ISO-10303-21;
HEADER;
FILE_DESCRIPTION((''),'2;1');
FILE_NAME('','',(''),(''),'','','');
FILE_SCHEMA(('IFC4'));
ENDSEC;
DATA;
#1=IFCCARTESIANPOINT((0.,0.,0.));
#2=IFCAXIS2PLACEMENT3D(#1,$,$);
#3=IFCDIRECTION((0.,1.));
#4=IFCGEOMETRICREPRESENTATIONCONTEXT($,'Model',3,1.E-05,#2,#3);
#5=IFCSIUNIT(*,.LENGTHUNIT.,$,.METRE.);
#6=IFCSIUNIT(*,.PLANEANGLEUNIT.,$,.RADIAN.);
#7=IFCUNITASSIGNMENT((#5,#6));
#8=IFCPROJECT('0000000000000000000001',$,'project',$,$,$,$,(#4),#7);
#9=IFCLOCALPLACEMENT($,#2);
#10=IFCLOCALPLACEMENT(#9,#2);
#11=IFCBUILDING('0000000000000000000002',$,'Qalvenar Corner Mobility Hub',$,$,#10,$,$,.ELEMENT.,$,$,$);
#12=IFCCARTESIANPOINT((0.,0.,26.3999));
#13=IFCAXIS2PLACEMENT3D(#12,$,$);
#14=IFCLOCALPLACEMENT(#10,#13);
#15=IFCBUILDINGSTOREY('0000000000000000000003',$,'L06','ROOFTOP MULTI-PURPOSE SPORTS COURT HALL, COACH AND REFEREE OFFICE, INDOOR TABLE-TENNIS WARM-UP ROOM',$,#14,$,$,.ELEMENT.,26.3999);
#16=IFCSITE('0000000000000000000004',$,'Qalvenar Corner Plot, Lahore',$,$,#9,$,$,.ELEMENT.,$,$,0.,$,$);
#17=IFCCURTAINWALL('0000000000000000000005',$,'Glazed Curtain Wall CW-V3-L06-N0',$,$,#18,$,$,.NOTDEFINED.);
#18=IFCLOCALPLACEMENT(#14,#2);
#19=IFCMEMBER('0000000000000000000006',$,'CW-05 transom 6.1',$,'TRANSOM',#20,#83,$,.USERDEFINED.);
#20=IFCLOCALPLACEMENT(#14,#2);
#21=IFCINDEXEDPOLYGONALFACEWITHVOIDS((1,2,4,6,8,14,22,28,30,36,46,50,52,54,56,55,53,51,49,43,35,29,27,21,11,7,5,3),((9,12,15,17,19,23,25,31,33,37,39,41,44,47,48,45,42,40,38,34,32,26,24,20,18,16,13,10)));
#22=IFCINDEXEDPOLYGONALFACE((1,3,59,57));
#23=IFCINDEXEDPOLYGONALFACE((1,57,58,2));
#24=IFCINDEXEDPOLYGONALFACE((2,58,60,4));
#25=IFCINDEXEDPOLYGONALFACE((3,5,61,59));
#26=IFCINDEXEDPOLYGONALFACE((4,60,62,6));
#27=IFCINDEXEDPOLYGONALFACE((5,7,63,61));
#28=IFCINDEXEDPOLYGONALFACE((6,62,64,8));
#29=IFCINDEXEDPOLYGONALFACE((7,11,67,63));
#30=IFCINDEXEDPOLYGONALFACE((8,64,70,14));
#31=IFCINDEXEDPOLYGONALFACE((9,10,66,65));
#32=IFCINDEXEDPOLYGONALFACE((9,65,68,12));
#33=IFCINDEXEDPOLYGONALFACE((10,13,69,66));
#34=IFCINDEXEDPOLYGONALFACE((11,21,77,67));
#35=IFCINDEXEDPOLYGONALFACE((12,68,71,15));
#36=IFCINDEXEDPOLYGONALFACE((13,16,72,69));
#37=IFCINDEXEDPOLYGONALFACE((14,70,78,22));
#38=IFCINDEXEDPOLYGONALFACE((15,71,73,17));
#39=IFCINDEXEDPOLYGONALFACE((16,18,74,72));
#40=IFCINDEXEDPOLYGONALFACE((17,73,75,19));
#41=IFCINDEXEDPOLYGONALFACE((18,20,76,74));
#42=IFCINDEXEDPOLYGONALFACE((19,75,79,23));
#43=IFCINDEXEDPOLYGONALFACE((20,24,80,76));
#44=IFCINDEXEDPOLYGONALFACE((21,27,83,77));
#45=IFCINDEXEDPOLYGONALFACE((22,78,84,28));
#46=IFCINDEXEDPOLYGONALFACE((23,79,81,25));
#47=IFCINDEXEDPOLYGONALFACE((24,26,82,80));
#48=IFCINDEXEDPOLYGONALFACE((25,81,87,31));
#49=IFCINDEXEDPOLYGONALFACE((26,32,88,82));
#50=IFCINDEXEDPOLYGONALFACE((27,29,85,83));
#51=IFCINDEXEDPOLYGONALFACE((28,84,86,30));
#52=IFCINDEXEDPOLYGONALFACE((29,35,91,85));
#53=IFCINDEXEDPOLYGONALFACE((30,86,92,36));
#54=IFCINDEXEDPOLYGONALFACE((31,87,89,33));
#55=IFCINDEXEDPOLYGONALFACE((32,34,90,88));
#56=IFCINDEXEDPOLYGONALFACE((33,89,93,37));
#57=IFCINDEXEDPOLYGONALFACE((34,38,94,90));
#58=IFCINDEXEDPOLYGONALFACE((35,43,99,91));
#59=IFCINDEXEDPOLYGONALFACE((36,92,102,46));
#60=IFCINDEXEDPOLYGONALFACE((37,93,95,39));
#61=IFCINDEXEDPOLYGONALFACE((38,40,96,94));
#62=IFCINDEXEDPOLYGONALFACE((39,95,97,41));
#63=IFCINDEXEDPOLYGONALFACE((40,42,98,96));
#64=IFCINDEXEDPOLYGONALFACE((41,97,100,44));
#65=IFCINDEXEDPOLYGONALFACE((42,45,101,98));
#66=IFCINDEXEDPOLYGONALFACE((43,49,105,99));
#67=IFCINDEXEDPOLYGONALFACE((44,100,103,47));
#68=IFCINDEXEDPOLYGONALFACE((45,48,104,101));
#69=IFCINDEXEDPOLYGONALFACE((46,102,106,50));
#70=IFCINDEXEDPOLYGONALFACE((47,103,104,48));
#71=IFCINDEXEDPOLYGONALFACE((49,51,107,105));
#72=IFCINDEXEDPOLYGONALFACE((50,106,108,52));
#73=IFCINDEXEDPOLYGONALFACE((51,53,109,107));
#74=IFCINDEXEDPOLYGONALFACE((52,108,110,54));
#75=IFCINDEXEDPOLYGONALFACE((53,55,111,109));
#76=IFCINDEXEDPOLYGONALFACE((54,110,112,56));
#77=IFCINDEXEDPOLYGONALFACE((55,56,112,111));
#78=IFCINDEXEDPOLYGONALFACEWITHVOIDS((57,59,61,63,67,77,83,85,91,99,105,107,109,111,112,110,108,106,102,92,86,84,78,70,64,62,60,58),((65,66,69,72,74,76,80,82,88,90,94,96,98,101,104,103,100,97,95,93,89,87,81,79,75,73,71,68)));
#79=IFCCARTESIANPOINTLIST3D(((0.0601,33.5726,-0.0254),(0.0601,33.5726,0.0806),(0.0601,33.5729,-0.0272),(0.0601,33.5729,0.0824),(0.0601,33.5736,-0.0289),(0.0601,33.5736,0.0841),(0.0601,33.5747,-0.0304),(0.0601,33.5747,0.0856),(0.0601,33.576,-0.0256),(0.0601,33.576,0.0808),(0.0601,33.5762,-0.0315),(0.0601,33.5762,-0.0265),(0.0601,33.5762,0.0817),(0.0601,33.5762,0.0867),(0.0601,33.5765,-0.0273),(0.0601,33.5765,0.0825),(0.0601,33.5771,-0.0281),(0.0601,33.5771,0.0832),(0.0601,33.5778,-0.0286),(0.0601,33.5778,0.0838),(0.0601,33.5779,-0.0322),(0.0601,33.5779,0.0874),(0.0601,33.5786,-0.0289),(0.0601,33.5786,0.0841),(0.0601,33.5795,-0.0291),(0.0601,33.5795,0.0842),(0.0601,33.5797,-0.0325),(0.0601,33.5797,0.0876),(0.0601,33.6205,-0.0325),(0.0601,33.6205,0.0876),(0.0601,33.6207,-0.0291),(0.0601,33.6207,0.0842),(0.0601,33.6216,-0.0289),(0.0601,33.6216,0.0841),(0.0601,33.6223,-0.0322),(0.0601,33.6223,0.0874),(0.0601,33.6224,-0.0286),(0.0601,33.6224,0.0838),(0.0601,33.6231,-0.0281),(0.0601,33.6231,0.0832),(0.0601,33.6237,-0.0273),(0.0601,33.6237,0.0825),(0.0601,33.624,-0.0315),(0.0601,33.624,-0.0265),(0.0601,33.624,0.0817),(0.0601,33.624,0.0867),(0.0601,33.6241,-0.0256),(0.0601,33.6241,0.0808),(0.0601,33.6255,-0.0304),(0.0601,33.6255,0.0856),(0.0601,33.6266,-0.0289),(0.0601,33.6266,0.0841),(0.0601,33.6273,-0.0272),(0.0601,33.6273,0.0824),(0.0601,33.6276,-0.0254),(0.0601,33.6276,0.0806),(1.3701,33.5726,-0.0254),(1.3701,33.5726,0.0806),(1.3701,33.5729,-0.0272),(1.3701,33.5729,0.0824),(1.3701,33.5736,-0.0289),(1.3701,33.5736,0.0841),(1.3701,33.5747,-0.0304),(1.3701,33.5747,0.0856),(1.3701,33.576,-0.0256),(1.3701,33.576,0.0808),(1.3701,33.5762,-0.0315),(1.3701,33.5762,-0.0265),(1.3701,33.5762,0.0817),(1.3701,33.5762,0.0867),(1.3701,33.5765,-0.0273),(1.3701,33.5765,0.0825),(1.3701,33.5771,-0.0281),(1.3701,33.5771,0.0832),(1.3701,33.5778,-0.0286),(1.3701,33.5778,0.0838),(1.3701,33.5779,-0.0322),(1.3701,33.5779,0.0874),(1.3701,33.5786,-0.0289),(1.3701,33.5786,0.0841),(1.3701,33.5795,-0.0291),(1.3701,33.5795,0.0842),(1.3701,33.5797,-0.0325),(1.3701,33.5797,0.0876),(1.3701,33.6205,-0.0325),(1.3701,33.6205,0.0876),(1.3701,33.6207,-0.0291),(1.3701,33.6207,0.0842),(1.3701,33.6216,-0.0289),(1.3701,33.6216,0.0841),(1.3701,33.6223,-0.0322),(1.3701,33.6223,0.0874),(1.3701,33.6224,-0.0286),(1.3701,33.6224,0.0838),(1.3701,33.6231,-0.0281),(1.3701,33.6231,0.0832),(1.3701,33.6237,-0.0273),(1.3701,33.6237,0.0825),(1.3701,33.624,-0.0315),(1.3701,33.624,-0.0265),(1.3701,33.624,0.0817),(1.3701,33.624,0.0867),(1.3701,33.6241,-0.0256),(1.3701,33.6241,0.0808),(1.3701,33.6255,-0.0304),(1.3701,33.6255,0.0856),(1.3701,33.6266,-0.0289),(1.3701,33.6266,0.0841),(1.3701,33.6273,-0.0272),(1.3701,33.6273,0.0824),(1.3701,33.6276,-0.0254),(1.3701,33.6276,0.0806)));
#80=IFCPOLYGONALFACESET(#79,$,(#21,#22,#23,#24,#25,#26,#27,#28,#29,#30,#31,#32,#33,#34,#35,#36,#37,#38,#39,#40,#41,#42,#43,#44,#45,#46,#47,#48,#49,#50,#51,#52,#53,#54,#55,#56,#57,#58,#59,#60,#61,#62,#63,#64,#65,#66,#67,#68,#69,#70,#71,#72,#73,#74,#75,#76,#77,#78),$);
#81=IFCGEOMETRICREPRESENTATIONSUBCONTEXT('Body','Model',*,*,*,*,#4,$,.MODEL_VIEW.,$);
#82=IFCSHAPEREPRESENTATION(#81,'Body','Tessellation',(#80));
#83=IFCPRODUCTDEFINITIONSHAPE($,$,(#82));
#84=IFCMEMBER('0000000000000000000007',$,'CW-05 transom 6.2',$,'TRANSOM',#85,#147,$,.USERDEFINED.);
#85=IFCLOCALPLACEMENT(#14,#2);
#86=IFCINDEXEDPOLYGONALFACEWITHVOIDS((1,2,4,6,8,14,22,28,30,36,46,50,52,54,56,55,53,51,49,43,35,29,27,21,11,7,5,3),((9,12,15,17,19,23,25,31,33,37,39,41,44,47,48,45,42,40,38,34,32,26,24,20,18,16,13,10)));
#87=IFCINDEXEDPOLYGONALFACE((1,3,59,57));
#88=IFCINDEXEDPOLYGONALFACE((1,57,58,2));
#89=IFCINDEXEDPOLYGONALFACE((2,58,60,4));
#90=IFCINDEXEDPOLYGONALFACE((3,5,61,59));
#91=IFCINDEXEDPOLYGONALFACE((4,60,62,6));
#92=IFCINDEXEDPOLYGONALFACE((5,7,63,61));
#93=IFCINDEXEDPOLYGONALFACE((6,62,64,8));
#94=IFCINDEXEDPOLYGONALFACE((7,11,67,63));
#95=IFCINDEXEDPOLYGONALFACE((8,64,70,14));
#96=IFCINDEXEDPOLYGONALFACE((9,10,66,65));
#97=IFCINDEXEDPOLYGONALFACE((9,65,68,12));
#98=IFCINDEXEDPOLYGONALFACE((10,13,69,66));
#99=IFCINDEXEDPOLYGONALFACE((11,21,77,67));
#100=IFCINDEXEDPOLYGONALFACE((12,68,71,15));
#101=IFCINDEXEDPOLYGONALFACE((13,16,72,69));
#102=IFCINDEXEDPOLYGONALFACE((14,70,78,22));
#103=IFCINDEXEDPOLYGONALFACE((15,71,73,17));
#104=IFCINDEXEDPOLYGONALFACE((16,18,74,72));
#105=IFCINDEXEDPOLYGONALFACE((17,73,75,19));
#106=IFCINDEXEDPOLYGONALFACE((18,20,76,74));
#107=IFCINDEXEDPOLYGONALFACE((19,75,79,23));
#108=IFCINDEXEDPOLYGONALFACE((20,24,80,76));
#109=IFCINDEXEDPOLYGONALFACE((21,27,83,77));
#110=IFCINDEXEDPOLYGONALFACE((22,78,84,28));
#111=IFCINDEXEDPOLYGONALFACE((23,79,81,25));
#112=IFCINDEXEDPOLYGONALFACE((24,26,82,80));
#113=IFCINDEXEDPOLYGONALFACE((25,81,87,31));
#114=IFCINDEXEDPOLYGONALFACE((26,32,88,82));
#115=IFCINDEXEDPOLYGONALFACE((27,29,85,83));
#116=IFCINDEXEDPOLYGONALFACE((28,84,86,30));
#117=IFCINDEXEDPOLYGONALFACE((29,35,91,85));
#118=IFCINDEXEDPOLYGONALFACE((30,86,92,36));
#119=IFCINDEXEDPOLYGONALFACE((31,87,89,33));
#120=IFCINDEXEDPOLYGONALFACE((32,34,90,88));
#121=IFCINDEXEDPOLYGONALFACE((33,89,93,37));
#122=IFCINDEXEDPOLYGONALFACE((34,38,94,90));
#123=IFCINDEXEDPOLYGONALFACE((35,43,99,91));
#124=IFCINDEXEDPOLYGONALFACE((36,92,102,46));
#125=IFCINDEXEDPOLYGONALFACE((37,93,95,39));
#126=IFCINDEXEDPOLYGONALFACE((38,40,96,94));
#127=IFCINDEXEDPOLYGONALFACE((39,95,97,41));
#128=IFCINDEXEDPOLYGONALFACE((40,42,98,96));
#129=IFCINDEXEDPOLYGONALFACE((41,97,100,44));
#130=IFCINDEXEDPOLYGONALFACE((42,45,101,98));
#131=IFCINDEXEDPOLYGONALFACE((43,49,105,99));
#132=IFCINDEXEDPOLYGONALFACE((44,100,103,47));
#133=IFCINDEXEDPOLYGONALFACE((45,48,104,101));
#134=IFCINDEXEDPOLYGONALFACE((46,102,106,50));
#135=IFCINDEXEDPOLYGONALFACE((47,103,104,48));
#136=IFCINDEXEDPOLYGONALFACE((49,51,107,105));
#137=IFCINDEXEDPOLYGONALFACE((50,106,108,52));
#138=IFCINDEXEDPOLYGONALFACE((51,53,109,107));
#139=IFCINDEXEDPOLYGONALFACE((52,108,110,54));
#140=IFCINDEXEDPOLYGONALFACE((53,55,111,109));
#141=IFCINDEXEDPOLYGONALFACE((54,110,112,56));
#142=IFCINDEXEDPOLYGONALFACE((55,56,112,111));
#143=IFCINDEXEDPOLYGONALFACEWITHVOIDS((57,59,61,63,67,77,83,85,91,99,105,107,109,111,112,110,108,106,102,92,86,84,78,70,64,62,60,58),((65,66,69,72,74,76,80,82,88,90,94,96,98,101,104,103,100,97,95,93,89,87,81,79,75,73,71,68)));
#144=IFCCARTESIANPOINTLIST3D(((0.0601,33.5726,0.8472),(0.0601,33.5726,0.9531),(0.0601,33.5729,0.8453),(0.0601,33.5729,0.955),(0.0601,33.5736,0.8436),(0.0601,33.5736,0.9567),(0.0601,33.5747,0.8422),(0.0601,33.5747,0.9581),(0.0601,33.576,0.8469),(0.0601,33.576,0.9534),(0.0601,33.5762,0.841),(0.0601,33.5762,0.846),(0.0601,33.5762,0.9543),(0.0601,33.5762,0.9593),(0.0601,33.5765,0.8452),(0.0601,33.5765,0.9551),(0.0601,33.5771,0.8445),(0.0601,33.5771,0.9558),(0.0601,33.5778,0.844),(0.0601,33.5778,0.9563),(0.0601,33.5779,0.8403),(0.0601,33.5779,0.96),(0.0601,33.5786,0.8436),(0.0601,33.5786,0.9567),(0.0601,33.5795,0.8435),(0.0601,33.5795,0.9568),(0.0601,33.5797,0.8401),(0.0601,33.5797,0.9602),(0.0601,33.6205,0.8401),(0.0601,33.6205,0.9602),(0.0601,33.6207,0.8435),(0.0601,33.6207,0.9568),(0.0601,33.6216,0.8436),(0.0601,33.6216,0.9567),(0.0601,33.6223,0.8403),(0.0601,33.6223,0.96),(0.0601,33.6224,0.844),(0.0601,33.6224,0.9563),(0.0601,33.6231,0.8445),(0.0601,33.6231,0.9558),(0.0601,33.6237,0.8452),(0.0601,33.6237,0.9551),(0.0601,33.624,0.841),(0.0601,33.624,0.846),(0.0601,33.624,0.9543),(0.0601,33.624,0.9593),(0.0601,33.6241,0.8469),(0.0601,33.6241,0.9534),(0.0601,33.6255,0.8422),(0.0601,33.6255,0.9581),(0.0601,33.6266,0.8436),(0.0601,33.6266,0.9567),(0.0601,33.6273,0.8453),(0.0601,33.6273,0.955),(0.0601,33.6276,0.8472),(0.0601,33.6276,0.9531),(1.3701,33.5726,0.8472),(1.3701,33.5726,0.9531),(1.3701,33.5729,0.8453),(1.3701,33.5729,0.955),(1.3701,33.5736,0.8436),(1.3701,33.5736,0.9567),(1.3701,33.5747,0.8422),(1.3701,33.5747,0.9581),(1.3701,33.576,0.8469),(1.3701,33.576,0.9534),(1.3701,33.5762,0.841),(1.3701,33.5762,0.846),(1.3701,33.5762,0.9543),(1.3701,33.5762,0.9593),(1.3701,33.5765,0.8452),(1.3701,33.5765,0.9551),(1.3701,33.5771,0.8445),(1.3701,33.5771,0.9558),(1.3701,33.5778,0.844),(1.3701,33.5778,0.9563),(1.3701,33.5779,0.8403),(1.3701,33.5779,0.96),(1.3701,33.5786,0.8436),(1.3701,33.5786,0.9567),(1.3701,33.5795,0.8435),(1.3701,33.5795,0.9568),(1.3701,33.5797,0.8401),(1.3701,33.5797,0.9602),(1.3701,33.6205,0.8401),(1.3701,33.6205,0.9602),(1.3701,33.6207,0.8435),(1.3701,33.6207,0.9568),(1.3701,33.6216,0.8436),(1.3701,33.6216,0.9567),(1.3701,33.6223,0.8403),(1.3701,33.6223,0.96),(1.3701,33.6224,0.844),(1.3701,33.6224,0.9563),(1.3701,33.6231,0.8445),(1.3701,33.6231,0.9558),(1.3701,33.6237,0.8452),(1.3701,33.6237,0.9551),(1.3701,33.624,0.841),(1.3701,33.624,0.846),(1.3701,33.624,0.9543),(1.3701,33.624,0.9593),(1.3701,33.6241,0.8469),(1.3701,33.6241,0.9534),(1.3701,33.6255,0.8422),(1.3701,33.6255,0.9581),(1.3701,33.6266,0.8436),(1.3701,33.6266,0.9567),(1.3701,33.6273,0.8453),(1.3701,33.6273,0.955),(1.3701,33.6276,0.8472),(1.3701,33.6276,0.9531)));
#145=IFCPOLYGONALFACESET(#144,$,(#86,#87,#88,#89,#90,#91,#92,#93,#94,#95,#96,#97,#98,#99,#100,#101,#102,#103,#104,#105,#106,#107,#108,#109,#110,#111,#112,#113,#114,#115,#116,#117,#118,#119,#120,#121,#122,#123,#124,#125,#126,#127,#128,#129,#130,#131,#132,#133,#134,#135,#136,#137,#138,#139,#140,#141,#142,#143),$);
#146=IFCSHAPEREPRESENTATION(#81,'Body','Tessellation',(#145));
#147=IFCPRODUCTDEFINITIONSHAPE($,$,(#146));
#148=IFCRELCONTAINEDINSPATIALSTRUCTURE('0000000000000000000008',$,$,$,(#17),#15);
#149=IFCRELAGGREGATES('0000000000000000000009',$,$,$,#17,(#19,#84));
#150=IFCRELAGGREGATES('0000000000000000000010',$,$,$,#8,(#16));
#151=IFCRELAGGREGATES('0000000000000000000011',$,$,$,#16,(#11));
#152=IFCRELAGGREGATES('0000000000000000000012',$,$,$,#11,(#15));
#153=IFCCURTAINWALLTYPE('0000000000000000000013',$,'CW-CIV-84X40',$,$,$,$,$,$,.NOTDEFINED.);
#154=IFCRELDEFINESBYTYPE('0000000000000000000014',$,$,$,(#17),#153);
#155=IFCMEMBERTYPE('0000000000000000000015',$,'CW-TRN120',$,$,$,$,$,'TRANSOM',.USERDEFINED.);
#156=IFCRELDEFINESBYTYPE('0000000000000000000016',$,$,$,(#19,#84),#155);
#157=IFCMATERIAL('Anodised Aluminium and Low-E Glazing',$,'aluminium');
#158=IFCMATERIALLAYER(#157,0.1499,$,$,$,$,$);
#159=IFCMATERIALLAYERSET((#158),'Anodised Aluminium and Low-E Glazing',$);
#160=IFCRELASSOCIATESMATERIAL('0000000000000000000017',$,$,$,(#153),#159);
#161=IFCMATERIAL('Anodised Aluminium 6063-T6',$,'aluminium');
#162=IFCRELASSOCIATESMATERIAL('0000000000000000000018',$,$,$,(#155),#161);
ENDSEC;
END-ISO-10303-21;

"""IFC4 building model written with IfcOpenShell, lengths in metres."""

from ifc_helpers import new_model, si_unit, direction, frame, origin, origin_2d, place, context, subcontext, project, spatial, hollow_rectangle, extrude, material, layer, layer_set, material_profile, profile_set, type_object, element, aggregate, save


model = new_model("IFC4")

# Units and contexts
model_context = context("Model", 3, precision=1e-05, world=origin(), true_north=direction((0.0, 1.0)))
body_context = subcontext(model_context, "Body", "Model", "MODEL_VIEW")
ifc_project = project(units=[si_unit("LENGTHUNIT", "METRE"), si_unit("PLANEANGLEUNIT", "RADIAN")], contexts=[model_context])

# Site, building, storey
site_placement = place(None, origin())
site = spatial("IfcSite", under=ifc_project, at=site_placement, Name="Qalvenar Corner Plot, Lahore", CompositionType="ELEMENT", RefElevation=0.0)
building_placement = place(site_placement, origin())
building = spatial("IfcBuilding", under=site, at=building_placement, Name="Qalvenar Corner Mobility Hub", CompositionType="ELEMENT")
storey_placement = place(building_placement, frame((0.0, 0.0, 26.3999)))
storey = spatial("IfcBuildingStorey", under=building, at=storey_placement, Name="L06", Description="ROOFTOP MULTI-PURPOSE SPORTS COURT HALL, COACH AND REFEREE OFFICE, INDOOR TABLE-TENNIS WARM-UP ROOM", CompositionType="ELEMENT", Elevation=26.3999)

# Curtain wall, members
ifc_material_1 = material(Name="Anodised Aluminium and Low-E Glazing", Category="aluminium")
ifc_layer_1 = layer(ifc_material_1, 0.1499)
ifc_layer_set_1 = layer_set([ifc_layer_1], Name="Anodised Aluminium and Low-E Glazing")
curtain_wall_type = type_object("IfcCurtainWallType", Name="CW-CIV-84X40", PredefinedType="NOTDEFINED", material=ifc_layer_set_1)
curtain_wall_placement = place(storey_placement, origin())
curtain_wall = element("IfcCurtainWall", 1, at=curtain_wall_placement, inside=storey, type_object=curtain_wall_type, Name="Glazed Curtain Wall CW-V3-L06-N0", PredefinedType="NOTDEFINED")
ifc_material_2 = material(Name="Anodised Aluminium 6063-T6", Category="aluminium")
ifc_material_profile_1 = material_profile(ifc_material_2, hollow_rectangle(XDim=0.0549, YDim=0.1201, WallThickness=0.0034, InnerFilletRadius=0.0034, OuterFilletRadius=0.0071, at=origin_2d()), Name="RHS120x55x3.5")
ifc_profile_set_1 = profile_set([ifc_material_profile_1], Name="Anodised Aluminium 6063-T6")
member_type_1 = type_object("IfcMemberType", Name="CW-TRN120", ElementType="TRANSOM", PredefinedType="USERDEFINED", material=ifc_profile_set_1)
member_1_placement = place(storey_placement, frame((1.3701, 33.6001, 0.0276), z_axis=(-1.0, 0.0, 0.0), x_axis=(0.0, -1.0, 0.0)))
member_1 = element("IfcMember", 2, at=member_1_placement, type_object=member_type_1, Name="CW-05 transom 6.1", ObjectType="TRANSOM", PredefinedType="USERDEFINED", context=body_context, shape_type="SweptSolid", body=[
    extrude(hollow_rectangle(XDim=0.0549, YDim=0.1201, WallThickness=0.0034, InnerFilletRadius=0.0034, OuterFilletRadius=0.0071, at=origin_2d()), origin(), (0.0, 0.0, 1.0), 1.3101),
])
member_2_placement = place(storey_placement, frame((1.3701, 33.6001, 0.9001), z_axis=(-1.0, 0.0, 0.0), x_axis=(0.0, -1.0, 0.0)))
member_2 = element("IfcMember", 3, at=member_2_placement, type_object=member_type_1, Name="CW-05 transom 6.2", ObjectType="TRANSOM", PredefinedType="USERDEFINED", context=body_context, shape_type="SweptSolid", body=[
    extrude(hollow_rectangle(XDim=0.0549, YDim=0.1201, WallThickness=0.0034, InnerFilletRadius=0.0034, OuterFilletRadius=0.0071, at=origin_2d()), origin(), (0.0, 0.0, 1.0), 1.3101),
])
aggregate(curtain_wall, [member_1, member_2])

save(model, "model.ifc")
